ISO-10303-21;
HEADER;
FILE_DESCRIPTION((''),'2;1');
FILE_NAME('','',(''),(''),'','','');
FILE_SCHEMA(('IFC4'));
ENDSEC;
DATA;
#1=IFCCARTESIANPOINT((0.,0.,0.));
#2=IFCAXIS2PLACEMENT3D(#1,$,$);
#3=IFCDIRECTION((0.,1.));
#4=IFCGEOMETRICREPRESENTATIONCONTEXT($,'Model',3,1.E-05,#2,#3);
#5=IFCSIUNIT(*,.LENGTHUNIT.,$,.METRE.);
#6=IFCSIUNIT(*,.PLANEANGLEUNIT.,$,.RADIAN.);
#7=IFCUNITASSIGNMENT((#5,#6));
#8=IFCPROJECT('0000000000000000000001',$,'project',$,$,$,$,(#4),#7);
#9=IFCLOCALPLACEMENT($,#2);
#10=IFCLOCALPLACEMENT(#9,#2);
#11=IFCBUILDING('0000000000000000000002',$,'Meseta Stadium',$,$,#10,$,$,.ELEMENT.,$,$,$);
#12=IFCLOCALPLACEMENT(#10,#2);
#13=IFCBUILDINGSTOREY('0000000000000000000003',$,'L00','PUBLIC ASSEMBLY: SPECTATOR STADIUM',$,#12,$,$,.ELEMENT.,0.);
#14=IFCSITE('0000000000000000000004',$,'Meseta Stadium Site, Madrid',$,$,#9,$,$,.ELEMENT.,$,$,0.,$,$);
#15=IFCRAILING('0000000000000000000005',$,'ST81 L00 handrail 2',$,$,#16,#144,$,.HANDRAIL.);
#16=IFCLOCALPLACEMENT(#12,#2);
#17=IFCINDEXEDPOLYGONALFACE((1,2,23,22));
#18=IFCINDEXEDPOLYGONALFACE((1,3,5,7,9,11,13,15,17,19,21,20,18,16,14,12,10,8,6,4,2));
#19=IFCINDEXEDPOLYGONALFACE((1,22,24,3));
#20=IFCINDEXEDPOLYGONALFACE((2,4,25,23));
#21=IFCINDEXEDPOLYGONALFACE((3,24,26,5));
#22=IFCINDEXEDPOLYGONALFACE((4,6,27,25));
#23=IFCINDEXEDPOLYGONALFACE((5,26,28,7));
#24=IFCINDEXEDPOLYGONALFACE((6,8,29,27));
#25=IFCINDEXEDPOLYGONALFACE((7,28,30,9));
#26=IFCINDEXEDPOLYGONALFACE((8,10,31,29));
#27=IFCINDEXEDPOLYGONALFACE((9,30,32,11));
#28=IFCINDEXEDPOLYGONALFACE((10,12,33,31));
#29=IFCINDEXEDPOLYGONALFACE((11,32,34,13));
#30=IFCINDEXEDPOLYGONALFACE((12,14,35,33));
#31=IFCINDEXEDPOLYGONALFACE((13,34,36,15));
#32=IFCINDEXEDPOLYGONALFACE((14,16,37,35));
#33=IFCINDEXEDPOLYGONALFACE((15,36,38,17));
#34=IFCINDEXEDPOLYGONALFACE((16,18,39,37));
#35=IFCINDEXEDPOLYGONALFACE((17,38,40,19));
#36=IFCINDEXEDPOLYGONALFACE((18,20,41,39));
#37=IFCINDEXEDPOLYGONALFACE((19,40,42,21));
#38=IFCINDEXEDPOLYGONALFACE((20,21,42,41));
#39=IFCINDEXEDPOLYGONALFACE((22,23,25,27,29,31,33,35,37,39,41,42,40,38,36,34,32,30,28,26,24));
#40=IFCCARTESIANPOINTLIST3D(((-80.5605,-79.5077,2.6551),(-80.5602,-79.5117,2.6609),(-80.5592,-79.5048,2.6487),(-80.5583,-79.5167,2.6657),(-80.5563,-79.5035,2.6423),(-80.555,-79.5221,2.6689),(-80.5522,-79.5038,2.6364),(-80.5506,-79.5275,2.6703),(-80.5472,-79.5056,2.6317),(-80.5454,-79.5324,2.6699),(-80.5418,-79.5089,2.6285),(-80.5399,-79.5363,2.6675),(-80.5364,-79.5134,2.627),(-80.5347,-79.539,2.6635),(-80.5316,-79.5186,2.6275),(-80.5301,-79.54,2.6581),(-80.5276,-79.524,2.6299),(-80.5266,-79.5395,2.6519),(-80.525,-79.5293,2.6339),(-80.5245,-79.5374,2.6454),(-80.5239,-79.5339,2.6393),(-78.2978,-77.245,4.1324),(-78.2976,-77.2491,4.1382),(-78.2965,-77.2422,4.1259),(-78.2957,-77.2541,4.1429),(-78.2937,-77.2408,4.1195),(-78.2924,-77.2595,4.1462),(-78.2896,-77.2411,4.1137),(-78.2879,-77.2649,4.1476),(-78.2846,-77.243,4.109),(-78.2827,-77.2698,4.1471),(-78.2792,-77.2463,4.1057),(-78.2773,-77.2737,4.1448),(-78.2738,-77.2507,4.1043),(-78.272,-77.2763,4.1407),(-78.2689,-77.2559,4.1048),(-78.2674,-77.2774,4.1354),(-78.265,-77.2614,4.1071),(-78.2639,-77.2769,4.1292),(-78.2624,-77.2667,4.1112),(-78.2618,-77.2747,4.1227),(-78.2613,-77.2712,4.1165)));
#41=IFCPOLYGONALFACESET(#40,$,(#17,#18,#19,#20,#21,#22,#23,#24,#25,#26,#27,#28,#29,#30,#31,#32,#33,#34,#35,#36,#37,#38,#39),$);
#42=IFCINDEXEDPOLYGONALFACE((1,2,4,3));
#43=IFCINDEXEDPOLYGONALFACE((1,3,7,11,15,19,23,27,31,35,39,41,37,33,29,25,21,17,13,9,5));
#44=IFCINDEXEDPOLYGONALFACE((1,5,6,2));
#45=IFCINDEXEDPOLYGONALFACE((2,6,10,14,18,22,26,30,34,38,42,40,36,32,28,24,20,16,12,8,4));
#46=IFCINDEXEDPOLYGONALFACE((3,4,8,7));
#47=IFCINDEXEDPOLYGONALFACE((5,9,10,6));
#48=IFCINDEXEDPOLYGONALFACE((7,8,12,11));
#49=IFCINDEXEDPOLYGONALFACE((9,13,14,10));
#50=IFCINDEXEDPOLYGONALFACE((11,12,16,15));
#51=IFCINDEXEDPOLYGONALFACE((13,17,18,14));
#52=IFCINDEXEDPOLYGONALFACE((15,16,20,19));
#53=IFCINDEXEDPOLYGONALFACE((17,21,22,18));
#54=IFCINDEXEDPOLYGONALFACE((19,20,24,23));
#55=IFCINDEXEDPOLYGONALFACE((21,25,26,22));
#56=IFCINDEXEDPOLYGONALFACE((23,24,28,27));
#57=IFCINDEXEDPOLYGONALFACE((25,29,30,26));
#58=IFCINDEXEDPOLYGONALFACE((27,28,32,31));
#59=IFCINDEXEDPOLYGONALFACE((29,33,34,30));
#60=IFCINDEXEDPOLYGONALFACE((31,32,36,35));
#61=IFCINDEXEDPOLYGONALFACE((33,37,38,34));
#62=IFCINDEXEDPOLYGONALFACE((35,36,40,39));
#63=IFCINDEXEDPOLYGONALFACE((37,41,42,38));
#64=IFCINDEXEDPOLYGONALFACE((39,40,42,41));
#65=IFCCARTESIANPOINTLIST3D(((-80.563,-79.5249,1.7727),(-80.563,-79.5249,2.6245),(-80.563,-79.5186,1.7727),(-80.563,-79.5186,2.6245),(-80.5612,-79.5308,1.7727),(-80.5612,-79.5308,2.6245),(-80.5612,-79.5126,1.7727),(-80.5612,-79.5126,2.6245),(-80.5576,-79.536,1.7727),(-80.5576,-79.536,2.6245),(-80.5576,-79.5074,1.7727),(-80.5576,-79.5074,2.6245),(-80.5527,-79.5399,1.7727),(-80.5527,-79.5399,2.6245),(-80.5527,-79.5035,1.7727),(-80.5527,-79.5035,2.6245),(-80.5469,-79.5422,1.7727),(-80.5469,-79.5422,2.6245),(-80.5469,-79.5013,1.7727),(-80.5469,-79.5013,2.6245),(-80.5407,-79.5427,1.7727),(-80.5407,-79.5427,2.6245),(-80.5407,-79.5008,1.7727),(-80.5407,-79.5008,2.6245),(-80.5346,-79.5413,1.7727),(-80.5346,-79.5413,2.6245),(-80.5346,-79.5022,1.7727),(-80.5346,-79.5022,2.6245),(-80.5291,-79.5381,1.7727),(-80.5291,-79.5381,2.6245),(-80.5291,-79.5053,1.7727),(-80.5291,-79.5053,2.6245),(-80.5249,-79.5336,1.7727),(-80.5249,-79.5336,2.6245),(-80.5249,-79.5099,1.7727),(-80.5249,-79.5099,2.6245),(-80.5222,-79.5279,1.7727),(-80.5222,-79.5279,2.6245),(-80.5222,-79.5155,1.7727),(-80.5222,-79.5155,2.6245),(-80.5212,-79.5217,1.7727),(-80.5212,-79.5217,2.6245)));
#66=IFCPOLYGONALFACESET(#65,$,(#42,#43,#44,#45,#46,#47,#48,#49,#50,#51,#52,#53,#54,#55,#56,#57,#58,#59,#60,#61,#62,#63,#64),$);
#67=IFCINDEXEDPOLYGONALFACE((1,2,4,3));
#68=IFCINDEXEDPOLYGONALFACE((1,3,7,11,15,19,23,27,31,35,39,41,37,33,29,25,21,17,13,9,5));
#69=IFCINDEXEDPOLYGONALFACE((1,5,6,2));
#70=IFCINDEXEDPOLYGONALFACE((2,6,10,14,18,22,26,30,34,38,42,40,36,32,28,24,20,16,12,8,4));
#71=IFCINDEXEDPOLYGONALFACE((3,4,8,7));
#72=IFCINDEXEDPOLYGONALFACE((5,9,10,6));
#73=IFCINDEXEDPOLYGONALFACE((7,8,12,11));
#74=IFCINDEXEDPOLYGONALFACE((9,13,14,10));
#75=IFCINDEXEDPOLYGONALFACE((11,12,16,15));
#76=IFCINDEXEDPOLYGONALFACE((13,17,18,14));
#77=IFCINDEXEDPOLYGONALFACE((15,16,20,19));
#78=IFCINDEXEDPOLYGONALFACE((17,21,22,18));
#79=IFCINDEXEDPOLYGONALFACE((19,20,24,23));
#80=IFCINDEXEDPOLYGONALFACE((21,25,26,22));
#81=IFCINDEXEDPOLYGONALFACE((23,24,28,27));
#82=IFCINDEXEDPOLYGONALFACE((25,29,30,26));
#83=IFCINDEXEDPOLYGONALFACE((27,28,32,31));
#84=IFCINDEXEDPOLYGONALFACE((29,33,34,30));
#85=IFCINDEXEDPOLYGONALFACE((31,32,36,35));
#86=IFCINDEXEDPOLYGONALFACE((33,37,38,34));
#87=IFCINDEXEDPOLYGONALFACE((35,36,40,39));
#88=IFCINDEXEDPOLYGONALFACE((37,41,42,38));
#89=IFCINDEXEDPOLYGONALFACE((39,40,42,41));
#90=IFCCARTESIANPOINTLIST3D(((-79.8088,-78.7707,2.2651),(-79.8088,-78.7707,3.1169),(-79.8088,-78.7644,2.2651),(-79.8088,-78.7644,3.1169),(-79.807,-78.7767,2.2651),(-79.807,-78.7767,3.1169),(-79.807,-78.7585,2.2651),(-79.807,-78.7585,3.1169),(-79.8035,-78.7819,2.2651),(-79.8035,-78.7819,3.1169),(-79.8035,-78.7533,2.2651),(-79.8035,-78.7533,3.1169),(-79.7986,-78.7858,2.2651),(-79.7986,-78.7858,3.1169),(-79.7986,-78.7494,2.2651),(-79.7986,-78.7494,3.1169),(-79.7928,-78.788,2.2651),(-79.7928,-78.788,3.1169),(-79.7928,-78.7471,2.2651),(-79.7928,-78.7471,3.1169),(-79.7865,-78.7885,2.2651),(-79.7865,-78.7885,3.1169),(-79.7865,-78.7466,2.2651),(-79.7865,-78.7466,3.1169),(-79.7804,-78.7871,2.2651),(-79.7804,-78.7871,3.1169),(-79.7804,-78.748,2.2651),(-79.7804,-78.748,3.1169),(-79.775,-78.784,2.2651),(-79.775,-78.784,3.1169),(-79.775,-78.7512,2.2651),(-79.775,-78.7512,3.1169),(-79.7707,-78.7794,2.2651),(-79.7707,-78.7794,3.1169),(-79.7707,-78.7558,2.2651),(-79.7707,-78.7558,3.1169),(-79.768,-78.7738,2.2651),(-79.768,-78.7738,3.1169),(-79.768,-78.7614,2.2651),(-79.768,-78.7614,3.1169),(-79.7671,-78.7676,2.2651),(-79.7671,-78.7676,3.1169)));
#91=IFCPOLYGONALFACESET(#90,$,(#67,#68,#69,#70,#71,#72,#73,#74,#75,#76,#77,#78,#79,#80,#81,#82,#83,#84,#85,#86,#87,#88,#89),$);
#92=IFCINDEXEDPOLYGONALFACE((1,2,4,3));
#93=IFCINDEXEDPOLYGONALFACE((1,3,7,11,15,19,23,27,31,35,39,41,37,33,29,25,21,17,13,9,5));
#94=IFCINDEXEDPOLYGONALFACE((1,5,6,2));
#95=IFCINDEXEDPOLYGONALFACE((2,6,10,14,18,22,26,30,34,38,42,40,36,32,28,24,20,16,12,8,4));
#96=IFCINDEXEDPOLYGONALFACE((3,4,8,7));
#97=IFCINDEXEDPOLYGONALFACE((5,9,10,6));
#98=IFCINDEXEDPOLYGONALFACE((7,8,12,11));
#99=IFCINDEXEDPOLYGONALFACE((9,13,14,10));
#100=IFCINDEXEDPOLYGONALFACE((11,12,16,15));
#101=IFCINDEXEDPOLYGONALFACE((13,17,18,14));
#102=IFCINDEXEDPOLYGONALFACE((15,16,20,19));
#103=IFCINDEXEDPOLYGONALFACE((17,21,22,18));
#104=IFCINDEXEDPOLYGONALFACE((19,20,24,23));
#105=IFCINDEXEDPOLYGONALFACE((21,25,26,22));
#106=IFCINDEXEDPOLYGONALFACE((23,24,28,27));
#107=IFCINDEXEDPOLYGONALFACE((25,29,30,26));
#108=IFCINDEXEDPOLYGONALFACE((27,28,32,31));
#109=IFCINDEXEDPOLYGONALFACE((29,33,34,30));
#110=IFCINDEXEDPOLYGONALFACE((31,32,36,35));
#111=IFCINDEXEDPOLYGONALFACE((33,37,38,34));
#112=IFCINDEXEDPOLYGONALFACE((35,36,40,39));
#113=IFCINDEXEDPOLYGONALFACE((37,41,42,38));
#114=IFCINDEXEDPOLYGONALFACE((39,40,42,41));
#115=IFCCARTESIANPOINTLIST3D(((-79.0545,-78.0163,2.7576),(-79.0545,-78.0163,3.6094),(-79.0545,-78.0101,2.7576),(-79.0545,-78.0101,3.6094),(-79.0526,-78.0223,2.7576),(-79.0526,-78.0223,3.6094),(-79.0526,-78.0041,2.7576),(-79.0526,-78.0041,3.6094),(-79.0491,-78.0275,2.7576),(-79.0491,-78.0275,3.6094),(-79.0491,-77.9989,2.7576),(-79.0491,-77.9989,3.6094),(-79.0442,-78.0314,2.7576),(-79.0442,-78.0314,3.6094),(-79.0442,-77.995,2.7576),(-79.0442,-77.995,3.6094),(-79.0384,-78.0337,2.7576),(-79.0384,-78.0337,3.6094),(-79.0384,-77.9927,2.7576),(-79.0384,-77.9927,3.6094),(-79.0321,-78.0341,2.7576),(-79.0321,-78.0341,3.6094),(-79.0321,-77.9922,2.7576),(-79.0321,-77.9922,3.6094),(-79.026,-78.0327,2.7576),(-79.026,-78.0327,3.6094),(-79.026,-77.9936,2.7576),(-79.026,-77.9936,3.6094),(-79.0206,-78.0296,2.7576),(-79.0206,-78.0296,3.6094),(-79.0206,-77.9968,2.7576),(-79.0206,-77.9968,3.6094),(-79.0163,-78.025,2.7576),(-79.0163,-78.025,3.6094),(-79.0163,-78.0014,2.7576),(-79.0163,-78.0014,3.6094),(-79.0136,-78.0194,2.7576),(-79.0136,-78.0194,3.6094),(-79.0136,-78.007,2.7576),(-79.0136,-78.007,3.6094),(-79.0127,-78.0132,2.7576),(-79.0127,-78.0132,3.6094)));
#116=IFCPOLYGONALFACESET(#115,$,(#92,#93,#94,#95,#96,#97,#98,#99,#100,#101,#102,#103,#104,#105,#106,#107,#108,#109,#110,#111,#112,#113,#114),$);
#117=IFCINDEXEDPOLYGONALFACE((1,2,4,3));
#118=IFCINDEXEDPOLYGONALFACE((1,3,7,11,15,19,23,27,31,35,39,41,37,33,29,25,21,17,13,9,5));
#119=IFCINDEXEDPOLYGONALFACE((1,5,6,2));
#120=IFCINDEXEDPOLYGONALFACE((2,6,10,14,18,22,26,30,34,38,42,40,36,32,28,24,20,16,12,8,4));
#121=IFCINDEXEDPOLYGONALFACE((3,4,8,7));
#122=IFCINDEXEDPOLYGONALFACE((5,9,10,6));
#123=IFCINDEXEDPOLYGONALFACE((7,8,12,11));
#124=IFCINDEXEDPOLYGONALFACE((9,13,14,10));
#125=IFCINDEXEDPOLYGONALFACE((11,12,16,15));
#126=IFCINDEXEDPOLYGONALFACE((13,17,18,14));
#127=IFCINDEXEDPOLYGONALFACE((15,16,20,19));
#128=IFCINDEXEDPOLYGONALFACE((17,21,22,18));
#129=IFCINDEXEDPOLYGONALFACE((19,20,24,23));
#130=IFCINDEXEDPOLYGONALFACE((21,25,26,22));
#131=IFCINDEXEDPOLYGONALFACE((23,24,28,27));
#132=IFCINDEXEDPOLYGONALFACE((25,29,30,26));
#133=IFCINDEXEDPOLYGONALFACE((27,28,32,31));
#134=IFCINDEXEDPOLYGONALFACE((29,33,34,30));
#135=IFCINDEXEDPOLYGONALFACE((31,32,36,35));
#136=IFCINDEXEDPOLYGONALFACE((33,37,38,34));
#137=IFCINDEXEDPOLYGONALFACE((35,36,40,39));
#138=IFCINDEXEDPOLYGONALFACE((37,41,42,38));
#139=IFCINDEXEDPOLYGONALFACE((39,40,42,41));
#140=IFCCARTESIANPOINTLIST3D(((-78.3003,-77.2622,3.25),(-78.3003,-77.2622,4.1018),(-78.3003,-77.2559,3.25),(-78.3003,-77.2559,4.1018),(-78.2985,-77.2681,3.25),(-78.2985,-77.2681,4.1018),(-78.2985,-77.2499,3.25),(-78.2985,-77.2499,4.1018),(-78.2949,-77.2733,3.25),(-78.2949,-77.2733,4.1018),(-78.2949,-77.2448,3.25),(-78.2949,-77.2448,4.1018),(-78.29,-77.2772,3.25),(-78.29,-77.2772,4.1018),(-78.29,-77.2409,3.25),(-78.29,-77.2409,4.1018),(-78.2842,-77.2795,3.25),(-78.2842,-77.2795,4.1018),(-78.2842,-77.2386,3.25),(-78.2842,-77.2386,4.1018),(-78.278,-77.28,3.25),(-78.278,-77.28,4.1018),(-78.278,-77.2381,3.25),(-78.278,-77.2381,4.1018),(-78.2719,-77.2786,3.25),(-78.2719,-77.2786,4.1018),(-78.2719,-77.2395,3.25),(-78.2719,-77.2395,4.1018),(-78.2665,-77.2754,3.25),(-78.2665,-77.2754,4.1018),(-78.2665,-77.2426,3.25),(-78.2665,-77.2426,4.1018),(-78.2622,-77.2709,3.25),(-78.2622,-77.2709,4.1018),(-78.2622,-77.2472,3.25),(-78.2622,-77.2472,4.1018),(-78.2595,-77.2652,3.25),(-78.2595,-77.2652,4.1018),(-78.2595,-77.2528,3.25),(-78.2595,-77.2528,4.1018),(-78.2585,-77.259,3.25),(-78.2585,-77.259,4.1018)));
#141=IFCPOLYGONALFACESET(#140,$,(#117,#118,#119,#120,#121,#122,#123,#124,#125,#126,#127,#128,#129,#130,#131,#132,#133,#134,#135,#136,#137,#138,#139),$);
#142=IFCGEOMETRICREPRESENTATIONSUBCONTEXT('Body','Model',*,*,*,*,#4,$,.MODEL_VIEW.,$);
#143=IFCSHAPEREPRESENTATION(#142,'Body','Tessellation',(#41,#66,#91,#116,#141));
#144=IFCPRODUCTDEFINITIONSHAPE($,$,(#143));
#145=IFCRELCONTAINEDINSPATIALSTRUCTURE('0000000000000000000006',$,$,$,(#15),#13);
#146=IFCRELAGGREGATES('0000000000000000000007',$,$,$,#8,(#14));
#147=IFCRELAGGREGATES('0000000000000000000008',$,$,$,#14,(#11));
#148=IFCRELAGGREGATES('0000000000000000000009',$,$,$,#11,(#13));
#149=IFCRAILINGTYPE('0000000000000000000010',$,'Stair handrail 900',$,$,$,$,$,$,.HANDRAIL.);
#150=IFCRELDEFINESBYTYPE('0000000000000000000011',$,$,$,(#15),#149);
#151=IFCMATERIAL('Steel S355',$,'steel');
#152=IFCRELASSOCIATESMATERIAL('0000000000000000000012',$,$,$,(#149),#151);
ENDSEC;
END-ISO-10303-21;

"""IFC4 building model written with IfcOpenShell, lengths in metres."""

from ifc_helpers import new_model, si_unit, direction, frame, origin, origin_2d, place, context, subcontext, project, spatial, circle, extrude, material, type_object, element, save


model = new_model("IFC4")

# Units and contexts
model_context = context("Model", 3, precision=1e-05, world=origin(), true_north=direction((0.0, 1.0)))
body_context = subcontext(model_context, "Body", "Model", "MODEL_VIEW")
ifc_project = project(units=[si_unit("LENGTHUNIT", "METRE"), si_unit("PLANEANGLEUNIT", "RADIAN")], contexts=[model_context])

# Site, building, storey
site_placement = place(None, origin())
site = spatial("IfcSite", under=ifc_project, at=site_placement, Name="Meseta Stadium Site, Madrid", CompositionType="ELEMENT", RefElevation=0.0)
building_placement = place(site_placement, origin())
building = spatial("IfcBuilding", under=site, at=building_placement, Name="Meseta Stadium", CompositionType="ELEMENT")
storey_placement = place(building_placement, origin())
storey = spatial("IfcBuildingStorey", under=building, at=storey_placement, Name="L00", Description="PUBLIC ASSEMBLY: SPECTATOR STADIUM", CompositionType="ELEMENT", Elevation=0.0)

# Railing
ifc_material_1 = material(Name="Steel S355", Category="steel")
railing_type_1 = type_object("IfcRailingType", Name="Stair handrail 900", PredefinedType="HANDRAIL", material=ifc_material_1)
for number, where, name in (
    (1, (-80.5422, -79.5217, 1.7727), "ST81 L00 handrail 2"),
):
    element("IfcRailing", number, at=place(storey_placement, frame(where)), inside=storey, type_object=railing_type_1, Name=name, PredefinedType="HANDRAIL", context=body_context, shape_type="SweptSolid", body=[
        extrude(circle(Radius=0.0239, at=origin_2d()), frame((0.0, 0.0, 0.876), z_axis=(0.641994, 0.641994, 0.419152), x_axis=(-0.707107, 0.707107, 0.0)), (0.0, 0.0, 1.0), 3.5244),
        extrude(circle(Radius=0.021, at=origin_2d()), origin(), (0.0, 0.0, 1.0), 0.8518),
        extrude(circle(Radius=0.021, at=origin_2d()), frame((0.7542, 0.7542, 0.4924)), (0.0, 0.0, 1.0), 0.8518),
        extrude(circle(Radius=0.021, at=origin_2d()), frame((1.5085, 1.5085, 0.9849)), (0.0, 0.0, 1.0), 0.8518),
        extrude(circle(Radius=0.021, at=origin_2d()), frame((2.2627, 2.2627, 1.4773)), (0.0, 0.0, 1.0), 0.8518),
    ])

save(model, "model.ifc")
